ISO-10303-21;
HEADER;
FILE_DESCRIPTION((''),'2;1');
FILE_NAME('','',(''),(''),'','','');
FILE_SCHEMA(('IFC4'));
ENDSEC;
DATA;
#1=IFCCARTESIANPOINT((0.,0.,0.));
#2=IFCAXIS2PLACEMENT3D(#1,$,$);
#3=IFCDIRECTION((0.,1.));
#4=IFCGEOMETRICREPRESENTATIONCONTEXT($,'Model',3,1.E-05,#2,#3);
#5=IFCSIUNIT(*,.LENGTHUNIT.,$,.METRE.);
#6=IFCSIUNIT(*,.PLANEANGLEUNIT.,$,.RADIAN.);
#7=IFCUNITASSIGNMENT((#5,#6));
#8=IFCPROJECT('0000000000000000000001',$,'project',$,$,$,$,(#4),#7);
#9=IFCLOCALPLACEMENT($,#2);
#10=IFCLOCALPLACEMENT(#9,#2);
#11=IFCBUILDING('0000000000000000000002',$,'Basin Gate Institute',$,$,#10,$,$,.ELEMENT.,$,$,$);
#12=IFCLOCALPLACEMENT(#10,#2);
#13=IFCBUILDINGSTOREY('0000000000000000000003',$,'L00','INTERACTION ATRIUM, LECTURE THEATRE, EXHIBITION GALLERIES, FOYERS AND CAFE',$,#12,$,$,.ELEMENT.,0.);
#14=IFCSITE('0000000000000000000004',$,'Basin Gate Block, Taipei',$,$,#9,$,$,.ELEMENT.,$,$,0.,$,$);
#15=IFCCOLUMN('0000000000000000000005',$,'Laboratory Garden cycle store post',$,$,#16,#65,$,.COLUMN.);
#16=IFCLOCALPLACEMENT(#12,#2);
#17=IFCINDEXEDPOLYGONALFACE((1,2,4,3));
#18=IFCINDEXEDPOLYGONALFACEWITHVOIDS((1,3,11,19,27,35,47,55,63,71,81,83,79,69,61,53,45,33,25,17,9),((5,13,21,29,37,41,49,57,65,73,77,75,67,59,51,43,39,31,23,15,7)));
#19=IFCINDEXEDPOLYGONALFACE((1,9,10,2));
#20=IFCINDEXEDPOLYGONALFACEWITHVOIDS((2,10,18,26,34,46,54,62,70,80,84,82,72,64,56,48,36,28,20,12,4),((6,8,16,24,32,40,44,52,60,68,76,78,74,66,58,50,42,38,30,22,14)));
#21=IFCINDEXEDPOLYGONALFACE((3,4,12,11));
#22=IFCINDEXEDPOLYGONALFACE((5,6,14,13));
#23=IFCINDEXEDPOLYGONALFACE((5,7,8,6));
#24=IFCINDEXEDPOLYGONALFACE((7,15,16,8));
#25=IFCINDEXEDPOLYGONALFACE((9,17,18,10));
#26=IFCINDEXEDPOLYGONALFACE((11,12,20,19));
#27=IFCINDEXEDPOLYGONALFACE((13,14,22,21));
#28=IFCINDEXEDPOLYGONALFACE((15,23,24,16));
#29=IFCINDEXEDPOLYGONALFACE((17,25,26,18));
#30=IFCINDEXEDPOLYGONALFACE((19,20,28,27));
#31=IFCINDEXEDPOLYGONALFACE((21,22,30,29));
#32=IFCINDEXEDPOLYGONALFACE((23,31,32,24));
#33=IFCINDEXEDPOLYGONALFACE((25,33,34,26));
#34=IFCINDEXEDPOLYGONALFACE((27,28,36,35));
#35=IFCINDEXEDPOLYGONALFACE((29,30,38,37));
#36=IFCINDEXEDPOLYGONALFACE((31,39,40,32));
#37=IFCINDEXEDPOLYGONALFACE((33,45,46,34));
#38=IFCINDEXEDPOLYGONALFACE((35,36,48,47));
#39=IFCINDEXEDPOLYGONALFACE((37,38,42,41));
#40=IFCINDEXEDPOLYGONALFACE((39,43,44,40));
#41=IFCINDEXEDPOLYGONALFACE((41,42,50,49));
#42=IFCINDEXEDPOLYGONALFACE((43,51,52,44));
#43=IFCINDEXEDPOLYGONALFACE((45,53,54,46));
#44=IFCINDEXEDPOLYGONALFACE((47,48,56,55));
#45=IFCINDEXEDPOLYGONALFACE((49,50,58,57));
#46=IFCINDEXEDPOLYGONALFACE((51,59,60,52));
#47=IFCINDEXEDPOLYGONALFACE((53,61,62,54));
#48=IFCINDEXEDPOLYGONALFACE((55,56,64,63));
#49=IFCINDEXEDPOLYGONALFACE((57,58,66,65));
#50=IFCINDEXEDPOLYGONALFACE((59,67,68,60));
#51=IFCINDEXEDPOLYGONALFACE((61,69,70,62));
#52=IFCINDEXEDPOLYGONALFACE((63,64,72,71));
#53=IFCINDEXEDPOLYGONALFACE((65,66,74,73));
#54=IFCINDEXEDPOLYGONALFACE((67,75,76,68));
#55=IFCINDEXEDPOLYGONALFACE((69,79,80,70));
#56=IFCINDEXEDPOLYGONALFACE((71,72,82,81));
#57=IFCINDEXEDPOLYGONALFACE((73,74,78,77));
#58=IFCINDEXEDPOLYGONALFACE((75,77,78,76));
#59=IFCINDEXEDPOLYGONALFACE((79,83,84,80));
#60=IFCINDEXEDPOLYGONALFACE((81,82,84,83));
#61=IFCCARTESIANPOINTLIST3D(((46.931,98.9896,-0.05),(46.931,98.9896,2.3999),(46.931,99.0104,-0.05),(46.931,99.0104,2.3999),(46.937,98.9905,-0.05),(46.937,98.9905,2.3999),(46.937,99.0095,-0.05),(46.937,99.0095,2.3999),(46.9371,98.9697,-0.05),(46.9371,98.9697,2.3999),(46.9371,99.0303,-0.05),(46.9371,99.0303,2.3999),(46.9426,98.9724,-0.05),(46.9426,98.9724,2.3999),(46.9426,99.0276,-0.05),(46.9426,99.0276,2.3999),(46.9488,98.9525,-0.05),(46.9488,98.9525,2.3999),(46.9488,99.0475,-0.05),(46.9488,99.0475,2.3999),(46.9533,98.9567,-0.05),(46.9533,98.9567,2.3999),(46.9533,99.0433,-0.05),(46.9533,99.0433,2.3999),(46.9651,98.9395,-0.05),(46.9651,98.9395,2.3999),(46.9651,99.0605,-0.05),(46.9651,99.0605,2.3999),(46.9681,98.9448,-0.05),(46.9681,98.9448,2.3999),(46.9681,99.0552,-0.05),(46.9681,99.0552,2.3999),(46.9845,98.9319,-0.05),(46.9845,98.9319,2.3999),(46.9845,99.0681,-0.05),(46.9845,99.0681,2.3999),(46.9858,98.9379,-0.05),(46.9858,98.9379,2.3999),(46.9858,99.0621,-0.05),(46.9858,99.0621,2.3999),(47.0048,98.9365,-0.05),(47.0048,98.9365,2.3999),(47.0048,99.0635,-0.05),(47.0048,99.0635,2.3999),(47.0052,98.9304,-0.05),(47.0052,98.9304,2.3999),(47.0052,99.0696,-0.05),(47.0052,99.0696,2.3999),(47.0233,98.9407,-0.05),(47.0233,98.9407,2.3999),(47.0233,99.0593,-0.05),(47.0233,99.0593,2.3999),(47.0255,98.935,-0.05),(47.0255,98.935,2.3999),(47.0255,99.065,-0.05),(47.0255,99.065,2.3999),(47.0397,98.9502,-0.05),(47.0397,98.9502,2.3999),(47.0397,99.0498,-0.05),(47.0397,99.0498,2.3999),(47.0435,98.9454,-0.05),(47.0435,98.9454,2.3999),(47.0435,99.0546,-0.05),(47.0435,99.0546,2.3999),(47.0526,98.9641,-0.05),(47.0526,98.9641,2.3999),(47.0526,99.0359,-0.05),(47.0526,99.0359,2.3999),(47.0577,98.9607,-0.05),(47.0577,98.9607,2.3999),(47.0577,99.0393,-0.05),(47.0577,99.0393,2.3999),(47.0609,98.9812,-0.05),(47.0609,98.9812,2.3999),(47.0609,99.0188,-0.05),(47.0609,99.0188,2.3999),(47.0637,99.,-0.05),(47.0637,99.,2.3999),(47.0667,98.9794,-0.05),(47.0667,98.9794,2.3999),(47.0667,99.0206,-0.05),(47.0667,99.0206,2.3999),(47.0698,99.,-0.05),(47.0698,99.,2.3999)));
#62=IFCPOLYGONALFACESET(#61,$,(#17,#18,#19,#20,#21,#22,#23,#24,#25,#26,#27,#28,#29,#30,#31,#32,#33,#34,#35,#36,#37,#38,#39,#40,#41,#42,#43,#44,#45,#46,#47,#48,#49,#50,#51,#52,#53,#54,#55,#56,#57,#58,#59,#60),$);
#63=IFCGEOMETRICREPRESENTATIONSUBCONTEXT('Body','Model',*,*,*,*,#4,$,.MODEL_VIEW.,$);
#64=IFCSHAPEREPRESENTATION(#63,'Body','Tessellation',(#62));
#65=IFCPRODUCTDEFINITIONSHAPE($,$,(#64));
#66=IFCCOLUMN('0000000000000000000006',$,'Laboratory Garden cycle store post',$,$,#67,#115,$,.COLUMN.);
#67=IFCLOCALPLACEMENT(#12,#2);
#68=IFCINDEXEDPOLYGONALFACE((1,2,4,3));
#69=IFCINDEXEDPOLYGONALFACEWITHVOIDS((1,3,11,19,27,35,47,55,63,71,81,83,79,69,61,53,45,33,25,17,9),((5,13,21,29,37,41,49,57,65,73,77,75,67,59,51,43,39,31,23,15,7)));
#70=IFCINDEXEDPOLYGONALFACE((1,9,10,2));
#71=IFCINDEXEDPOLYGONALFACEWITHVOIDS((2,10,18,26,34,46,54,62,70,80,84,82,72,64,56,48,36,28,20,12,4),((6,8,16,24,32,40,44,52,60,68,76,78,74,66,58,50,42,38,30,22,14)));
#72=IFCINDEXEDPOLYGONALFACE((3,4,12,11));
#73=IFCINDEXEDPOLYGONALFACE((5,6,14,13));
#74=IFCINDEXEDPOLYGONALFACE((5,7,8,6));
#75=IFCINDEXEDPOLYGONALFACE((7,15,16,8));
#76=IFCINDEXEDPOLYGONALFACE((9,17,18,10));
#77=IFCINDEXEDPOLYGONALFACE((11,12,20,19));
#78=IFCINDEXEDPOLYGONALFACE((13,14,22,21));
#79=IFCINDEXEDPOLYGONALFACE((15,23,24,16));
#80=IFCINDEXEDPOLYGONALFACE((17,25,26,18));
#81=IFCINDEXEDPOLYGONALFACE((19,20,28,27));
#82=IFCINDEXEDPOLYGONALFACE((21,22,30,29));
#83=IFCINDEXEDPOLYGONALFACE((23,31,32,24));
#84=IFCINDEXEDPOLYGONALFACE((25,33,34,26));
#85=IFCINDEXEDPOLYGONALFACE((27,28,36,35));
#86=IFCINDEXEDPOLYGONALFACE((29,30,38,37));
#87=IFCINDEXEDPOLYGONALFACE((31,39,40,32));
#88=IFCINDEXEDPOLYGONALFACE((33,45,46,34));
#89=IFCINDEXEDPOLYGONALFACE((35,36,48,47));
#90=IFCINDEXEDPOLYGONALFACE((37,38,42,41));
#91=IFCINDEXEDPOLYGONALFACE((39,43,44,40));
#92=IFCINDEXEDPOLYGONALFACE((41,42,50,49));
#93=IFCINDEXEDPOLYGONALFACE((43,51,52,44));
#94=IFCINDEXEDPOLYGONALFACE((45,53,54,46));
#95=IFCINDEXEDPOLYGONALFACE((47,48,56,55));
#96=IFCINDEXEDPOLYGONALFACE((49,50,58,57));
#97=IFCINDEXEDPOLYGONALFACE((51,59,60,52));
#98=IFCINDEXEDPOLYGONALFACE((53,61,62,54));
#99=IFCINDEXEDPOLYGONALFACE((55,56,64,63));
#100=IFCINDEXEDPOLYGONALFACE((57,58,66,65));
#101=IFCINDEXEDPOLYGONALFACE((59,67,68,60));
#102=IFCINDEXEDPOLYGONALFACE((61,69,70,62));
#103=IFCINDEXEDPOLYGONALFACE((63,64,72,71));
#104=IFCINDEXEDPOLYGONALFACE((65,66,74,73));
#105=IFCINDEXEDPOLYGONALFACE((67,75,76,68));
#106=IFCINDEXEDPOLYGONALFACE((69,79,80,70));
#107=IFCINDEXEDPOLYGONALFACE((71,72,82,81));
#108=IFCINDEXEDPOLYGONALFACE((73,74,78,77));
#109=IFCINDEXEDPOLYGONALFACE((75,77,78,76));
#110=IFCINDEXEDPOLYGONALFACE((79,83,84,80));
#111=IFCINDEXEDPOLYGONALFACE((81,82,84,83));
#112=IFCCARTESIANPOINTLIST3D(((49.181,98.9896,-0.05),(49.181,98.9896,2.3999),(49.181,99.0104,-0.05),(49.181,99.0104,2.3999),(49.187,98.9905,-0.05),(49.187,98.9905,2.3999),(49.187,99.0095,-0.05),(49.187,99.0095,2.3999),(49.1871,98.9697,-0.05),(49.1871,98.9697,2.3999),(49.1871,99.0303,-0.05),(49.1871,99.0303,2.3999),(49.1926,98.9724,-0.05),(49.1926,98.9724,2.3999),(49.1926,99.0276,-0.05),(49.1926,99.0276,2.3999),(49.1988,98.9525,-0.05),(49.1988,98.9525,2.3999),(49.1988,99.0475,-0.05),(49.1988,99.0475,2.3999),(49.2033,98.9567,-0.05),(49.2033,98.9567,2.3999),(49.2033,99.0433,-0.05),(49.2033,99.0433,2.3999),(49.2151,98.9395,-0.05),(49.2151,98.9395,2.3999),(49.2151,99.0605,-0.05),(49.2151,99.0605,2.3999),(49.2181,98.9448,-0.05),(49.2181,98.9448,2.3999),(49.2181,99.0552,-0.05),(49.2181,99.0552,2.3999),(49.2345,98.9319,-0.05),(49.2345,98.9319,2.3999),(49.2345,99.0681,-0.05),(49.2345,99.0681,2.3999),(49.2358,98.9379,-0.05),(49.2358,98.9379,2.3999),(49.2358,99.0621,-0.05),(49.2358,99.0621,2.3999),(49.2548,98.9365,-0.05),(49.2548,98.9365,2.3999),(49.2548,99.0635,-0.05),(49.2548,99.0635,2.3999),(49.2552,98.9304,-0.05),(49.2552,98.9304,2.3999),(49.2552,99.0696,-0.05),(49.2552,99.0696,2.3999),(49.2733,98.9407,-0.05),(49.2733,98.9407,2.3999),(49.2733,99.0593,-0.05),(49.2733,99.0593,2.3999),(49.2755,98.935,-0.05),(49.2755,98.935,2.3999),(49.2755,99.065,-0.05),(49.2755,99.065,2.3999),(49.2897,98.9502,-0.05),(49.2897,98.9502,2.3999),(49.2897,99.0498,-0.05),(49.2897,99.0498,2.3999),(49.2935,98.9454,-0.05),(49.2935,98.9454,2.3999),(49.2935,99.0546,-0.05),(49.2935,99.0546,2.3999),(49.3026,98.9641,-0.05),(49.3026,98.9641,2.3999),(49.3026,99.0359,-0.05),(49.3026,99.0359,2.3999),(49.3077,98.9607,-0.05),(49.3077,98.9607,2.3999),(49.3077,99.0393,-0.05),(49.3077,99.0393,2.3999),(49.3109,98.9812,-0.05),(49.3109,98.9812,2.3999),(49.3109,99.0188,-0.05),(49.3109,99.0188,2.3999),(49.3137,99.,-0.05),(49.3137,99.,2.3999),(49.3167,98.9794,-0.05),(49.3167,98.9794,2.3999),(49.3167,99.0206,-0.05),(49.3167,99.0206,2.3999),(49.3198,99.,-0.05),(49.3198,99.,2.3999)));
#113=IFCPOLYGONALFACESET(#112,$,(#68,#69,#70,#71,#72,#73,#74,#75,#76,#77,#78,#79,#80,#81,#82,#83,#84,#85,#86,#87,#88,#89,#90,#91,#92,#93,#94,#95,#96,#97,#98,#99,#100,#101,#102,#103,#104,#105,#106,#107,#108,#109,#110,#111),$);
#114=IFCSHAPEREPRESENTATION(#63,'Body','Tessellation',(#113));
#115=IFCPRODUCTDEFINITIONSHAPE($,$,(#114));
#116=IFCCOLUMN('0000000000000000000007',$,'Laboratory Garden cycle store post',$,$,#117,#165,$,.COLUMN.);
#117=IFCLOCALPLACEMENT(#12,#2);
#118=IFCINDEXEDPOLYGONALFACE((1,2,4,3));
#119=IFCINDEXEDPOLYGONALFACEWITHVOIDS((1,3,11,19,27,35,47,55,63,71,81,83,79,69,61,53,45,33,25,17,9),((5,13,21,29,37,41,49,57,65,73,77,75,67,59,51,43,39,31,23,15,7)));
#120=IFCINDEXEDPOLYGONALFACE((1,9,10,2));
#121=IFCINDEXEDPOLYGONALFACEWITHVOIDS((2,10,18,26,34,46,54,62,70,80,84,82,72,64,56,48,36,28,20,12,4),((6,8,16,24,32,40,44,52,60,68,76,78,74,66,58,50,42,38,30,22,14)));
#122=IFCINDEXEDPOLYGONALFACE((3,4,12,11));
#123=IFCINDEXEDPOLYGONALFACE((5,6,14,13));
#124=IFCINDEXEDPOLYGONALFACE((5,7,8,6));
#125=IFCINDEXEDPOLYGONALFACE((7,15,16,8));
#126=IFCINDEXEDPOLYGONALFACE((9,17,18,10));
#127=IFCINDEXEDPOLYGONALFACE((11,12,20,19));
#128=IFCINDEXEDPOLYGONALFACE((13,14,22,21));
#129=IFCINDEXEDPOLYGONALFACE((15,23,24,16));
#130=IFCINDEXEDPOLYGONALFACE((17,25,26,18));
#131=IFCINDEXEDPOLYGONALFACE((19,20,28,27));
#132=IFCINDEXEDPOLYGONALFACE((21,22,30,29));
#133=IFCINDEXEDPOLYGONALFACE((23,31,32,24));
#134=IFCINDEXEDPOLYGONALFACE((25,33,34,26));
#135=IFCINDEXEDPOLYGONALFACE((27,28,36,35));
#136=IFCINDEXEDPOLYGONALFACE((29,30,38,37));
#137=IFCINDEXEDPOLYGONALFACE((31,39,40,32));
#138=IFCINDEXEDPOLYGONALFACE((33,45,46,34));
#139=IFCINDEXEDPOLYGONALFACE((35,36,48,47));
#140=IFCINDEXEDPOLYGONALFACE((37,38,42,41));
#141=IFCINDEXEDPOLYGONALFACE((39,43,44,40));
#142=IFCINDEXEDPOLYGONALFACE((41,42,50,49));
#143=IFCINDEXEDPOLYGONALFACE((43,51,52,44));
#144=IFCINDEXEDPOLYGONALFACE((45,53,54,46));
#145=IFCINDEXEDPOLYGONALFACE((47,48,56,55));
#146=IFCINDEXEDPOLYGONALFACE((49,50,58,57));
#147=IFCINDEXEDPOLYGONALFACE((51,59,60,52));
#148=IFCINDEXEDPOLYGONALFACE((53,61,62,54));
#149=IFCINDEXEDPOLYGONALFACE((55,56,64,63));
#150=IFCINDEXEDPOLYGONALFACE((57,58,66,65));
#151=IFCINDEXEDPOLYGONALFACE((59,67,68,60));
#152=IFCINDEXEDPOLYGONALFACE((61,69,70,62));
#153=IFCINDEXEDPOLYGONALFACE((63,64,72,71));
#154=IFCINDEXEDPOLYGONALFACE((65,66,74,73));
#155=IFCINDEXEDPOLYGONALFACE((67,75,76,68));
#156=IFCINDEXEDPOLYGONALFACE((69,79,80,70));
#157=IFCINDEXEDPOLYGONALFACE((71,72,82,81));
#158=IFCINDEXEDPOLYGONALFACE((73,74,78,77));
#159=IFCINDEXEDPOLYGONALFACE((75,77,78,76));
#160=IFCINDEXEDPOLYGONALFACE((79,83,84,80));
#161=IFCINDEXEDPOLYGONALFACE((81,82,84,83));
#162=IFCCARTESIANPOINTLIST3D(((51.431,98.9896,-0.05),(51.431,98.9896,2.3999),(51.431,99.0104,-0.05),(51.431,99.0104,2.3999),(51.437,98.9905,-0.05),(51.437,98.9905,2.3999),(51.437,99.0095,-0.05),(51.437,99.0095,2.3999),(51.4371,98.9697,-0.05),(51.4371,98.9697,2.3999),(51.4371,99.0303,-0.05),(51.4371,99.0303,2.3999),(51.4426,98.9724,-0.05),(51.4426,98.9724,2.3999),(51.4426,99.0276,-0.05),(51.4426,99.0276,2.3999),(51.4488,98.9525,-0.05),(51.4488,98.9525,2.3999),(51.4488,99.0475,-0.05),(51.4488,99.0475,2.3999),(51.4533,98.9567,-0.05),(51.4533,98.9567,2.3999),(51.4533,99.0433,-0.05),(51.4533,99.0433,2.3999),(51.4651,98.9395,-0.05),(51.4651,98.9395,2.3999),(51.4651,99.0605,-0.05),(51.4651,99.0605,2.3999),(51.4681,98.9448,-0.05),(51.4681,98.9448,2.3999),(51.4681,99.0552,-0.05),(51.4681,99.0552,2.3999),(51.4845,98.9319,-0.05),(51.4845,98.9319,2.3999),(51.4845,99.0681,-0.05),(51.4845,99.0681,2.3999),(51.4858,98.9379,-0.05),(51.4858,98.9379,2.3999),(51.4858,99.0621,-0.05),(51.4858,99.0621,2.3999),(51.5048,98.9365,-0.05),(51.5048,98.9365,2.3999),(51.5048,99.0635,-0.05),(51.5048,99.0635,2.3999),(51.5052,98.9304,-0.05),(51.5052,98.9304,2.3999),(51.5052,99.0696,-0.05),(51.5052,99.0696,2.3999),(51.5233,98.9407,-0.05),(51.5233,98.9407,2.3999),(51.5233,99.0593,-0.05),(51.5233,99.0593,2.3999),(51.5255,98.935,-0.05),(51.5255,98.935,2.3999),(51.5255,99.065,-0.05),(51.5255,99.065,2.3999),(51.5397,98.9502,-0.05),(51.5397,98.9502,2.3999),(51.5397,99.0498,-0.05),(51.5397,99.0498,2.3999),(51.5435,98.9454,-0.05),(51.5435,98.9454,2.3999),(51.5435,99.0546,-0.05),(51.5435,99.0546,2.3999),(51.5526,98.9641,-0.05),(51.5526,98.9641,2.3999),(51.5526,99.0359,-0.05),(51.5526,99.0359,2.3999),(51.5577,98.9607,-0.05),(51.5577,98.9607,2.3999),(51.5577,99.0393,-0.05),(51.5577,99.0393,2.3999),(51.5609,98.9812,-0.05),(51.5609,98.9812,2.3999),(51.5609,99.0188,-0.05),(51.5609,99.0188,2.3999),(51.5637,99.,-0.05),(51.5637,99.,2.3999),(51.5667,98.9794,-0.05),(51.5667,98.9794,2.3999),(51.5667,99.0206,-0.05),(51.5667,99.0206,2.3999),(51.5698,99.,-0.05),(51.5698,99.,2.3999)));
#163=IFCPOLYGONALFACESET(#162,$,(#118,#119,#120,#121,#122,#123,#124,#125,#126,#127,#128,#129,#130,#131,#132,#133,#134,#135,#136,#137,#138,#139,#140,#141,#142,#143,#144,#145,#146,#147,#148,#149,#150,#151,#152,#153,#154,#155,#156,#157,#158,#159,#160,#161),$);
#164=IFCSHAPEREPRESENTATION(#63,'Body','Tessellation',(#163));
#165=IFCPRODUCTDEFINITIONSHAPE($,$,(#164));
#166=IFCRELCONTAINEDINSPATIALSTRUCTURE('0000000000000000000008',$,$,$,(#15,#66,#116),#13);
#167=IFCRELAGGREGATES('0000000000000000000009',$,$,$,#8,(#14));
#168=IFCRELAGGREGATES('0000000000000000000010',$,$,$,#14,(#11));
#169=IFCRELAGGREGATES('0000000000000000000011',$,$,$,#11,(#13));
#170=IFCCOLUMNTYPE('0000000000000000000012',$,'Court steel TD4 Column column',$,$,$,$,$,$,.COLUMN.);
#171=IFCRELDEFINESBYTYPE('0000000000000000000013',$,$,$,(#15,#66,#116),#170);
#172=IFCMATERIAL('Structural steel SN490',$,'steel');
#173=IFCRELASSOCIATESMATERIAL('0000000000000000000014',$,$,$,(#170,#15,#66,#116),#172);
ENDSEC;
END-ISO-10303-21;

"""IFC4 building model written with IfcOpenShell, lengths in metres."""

from ifc_helpers import new_model, si_unit, direction, frame, origin, origin_2d, place, context, subcontext, project, spatial, hollow_circle, extrude, material, material_profile, profile_set, type_object, element, save


model = new_model("IFC4")

# Units and contexts
model_context = context("Model", 3, precision=1e-05, world=origin(), true_north=direction((0.0, 1.0)))
body_context = subcontext(model_context, "Body", "Model", "MODEL_VIEW")
ifc_project = project(units=[si_unit("LENGTHUNIT", "METRE"), si_unit("PLANEANGLEUNIT", "RADIAN")], contexts=[model_context])

# Site, building, storey
site_placement = place(None, origin())
site = spatial("IfcSite", under=ifc_project, at=site_placement, Name="Basin Gate Block, Taipei", CompositionType="ELEMENT", RefElevation=0.0)
building_placement = place(site_placement, origin())
building = spatial("IfcBuilding", under=site, at=building_placement, Name="Basin Gate Institute", CompositionType="ELEMENT")
storey_placement = place(building_placement, origin())
storey = spatial("IfcBuildingStorey", under=building, at=storey_placement, Name="L00", Description="INTERACTION ATRIUM, LECTURE THEATRE, EXHIBITION GALLERIES, FOYERS AND CAFE", CompositionType="ELEMENT", Elevation=0.0)

# Columns
ifc_material_1 = material(Name="Structural steel SN490", Category="steel")
ifc_material_profile_1 = material_profile(ifc_material_1, hollow_circle(Radius=0.0698, WallThickness=0.0061, at=origin_2d()), Name="CHS139x6")
ifc_profile_set_1 = profile_set([ifc_material_profile_1], Name="Structural steel SN490")
column_type = type_object("IfcColumnType", Name="Court steel TD4 Column column", PredefinedType="COLUMN", material=ifc_profile_set_1)
for number, where, z_axis, x_axis, name in (
    (1, (47.0, 99.0, -0.05), (0.0, 0.0, 1.0), (1.0, 0.0, 0.0), "Laboratory Garden cycle store post"),
    (2, (49.25, 99.0, -0.05), (0.0, 0.0, 1.0), (1.0, 0.0, 0.0), "Laboratory Garden cycle store post"),
    (3, (51.5, 99.0, -0.05), (0.0, 0.0, 1.0), (1.0, 0.0, 0.0), "Laboratory Garden cycle store post"),
):
    element("IfcColumn", number, at=place(storey_placement, frame(where, z_axis=z_axis, x_axis=x_axis)), inside=storey, type_object=column_type, material=ifc_profile_set_1, Name=name, PredefinedType="COLUMN", context=body_context, shape_type="SweptSolid", body=[
        extrude(hollow_circle(Radius=0.0698, WallThickness=0.0061, at=origin_2d()), origin(), (0.0, 0.0, 1.0), 2.45),
    ])

save(model, "model.ifc")
